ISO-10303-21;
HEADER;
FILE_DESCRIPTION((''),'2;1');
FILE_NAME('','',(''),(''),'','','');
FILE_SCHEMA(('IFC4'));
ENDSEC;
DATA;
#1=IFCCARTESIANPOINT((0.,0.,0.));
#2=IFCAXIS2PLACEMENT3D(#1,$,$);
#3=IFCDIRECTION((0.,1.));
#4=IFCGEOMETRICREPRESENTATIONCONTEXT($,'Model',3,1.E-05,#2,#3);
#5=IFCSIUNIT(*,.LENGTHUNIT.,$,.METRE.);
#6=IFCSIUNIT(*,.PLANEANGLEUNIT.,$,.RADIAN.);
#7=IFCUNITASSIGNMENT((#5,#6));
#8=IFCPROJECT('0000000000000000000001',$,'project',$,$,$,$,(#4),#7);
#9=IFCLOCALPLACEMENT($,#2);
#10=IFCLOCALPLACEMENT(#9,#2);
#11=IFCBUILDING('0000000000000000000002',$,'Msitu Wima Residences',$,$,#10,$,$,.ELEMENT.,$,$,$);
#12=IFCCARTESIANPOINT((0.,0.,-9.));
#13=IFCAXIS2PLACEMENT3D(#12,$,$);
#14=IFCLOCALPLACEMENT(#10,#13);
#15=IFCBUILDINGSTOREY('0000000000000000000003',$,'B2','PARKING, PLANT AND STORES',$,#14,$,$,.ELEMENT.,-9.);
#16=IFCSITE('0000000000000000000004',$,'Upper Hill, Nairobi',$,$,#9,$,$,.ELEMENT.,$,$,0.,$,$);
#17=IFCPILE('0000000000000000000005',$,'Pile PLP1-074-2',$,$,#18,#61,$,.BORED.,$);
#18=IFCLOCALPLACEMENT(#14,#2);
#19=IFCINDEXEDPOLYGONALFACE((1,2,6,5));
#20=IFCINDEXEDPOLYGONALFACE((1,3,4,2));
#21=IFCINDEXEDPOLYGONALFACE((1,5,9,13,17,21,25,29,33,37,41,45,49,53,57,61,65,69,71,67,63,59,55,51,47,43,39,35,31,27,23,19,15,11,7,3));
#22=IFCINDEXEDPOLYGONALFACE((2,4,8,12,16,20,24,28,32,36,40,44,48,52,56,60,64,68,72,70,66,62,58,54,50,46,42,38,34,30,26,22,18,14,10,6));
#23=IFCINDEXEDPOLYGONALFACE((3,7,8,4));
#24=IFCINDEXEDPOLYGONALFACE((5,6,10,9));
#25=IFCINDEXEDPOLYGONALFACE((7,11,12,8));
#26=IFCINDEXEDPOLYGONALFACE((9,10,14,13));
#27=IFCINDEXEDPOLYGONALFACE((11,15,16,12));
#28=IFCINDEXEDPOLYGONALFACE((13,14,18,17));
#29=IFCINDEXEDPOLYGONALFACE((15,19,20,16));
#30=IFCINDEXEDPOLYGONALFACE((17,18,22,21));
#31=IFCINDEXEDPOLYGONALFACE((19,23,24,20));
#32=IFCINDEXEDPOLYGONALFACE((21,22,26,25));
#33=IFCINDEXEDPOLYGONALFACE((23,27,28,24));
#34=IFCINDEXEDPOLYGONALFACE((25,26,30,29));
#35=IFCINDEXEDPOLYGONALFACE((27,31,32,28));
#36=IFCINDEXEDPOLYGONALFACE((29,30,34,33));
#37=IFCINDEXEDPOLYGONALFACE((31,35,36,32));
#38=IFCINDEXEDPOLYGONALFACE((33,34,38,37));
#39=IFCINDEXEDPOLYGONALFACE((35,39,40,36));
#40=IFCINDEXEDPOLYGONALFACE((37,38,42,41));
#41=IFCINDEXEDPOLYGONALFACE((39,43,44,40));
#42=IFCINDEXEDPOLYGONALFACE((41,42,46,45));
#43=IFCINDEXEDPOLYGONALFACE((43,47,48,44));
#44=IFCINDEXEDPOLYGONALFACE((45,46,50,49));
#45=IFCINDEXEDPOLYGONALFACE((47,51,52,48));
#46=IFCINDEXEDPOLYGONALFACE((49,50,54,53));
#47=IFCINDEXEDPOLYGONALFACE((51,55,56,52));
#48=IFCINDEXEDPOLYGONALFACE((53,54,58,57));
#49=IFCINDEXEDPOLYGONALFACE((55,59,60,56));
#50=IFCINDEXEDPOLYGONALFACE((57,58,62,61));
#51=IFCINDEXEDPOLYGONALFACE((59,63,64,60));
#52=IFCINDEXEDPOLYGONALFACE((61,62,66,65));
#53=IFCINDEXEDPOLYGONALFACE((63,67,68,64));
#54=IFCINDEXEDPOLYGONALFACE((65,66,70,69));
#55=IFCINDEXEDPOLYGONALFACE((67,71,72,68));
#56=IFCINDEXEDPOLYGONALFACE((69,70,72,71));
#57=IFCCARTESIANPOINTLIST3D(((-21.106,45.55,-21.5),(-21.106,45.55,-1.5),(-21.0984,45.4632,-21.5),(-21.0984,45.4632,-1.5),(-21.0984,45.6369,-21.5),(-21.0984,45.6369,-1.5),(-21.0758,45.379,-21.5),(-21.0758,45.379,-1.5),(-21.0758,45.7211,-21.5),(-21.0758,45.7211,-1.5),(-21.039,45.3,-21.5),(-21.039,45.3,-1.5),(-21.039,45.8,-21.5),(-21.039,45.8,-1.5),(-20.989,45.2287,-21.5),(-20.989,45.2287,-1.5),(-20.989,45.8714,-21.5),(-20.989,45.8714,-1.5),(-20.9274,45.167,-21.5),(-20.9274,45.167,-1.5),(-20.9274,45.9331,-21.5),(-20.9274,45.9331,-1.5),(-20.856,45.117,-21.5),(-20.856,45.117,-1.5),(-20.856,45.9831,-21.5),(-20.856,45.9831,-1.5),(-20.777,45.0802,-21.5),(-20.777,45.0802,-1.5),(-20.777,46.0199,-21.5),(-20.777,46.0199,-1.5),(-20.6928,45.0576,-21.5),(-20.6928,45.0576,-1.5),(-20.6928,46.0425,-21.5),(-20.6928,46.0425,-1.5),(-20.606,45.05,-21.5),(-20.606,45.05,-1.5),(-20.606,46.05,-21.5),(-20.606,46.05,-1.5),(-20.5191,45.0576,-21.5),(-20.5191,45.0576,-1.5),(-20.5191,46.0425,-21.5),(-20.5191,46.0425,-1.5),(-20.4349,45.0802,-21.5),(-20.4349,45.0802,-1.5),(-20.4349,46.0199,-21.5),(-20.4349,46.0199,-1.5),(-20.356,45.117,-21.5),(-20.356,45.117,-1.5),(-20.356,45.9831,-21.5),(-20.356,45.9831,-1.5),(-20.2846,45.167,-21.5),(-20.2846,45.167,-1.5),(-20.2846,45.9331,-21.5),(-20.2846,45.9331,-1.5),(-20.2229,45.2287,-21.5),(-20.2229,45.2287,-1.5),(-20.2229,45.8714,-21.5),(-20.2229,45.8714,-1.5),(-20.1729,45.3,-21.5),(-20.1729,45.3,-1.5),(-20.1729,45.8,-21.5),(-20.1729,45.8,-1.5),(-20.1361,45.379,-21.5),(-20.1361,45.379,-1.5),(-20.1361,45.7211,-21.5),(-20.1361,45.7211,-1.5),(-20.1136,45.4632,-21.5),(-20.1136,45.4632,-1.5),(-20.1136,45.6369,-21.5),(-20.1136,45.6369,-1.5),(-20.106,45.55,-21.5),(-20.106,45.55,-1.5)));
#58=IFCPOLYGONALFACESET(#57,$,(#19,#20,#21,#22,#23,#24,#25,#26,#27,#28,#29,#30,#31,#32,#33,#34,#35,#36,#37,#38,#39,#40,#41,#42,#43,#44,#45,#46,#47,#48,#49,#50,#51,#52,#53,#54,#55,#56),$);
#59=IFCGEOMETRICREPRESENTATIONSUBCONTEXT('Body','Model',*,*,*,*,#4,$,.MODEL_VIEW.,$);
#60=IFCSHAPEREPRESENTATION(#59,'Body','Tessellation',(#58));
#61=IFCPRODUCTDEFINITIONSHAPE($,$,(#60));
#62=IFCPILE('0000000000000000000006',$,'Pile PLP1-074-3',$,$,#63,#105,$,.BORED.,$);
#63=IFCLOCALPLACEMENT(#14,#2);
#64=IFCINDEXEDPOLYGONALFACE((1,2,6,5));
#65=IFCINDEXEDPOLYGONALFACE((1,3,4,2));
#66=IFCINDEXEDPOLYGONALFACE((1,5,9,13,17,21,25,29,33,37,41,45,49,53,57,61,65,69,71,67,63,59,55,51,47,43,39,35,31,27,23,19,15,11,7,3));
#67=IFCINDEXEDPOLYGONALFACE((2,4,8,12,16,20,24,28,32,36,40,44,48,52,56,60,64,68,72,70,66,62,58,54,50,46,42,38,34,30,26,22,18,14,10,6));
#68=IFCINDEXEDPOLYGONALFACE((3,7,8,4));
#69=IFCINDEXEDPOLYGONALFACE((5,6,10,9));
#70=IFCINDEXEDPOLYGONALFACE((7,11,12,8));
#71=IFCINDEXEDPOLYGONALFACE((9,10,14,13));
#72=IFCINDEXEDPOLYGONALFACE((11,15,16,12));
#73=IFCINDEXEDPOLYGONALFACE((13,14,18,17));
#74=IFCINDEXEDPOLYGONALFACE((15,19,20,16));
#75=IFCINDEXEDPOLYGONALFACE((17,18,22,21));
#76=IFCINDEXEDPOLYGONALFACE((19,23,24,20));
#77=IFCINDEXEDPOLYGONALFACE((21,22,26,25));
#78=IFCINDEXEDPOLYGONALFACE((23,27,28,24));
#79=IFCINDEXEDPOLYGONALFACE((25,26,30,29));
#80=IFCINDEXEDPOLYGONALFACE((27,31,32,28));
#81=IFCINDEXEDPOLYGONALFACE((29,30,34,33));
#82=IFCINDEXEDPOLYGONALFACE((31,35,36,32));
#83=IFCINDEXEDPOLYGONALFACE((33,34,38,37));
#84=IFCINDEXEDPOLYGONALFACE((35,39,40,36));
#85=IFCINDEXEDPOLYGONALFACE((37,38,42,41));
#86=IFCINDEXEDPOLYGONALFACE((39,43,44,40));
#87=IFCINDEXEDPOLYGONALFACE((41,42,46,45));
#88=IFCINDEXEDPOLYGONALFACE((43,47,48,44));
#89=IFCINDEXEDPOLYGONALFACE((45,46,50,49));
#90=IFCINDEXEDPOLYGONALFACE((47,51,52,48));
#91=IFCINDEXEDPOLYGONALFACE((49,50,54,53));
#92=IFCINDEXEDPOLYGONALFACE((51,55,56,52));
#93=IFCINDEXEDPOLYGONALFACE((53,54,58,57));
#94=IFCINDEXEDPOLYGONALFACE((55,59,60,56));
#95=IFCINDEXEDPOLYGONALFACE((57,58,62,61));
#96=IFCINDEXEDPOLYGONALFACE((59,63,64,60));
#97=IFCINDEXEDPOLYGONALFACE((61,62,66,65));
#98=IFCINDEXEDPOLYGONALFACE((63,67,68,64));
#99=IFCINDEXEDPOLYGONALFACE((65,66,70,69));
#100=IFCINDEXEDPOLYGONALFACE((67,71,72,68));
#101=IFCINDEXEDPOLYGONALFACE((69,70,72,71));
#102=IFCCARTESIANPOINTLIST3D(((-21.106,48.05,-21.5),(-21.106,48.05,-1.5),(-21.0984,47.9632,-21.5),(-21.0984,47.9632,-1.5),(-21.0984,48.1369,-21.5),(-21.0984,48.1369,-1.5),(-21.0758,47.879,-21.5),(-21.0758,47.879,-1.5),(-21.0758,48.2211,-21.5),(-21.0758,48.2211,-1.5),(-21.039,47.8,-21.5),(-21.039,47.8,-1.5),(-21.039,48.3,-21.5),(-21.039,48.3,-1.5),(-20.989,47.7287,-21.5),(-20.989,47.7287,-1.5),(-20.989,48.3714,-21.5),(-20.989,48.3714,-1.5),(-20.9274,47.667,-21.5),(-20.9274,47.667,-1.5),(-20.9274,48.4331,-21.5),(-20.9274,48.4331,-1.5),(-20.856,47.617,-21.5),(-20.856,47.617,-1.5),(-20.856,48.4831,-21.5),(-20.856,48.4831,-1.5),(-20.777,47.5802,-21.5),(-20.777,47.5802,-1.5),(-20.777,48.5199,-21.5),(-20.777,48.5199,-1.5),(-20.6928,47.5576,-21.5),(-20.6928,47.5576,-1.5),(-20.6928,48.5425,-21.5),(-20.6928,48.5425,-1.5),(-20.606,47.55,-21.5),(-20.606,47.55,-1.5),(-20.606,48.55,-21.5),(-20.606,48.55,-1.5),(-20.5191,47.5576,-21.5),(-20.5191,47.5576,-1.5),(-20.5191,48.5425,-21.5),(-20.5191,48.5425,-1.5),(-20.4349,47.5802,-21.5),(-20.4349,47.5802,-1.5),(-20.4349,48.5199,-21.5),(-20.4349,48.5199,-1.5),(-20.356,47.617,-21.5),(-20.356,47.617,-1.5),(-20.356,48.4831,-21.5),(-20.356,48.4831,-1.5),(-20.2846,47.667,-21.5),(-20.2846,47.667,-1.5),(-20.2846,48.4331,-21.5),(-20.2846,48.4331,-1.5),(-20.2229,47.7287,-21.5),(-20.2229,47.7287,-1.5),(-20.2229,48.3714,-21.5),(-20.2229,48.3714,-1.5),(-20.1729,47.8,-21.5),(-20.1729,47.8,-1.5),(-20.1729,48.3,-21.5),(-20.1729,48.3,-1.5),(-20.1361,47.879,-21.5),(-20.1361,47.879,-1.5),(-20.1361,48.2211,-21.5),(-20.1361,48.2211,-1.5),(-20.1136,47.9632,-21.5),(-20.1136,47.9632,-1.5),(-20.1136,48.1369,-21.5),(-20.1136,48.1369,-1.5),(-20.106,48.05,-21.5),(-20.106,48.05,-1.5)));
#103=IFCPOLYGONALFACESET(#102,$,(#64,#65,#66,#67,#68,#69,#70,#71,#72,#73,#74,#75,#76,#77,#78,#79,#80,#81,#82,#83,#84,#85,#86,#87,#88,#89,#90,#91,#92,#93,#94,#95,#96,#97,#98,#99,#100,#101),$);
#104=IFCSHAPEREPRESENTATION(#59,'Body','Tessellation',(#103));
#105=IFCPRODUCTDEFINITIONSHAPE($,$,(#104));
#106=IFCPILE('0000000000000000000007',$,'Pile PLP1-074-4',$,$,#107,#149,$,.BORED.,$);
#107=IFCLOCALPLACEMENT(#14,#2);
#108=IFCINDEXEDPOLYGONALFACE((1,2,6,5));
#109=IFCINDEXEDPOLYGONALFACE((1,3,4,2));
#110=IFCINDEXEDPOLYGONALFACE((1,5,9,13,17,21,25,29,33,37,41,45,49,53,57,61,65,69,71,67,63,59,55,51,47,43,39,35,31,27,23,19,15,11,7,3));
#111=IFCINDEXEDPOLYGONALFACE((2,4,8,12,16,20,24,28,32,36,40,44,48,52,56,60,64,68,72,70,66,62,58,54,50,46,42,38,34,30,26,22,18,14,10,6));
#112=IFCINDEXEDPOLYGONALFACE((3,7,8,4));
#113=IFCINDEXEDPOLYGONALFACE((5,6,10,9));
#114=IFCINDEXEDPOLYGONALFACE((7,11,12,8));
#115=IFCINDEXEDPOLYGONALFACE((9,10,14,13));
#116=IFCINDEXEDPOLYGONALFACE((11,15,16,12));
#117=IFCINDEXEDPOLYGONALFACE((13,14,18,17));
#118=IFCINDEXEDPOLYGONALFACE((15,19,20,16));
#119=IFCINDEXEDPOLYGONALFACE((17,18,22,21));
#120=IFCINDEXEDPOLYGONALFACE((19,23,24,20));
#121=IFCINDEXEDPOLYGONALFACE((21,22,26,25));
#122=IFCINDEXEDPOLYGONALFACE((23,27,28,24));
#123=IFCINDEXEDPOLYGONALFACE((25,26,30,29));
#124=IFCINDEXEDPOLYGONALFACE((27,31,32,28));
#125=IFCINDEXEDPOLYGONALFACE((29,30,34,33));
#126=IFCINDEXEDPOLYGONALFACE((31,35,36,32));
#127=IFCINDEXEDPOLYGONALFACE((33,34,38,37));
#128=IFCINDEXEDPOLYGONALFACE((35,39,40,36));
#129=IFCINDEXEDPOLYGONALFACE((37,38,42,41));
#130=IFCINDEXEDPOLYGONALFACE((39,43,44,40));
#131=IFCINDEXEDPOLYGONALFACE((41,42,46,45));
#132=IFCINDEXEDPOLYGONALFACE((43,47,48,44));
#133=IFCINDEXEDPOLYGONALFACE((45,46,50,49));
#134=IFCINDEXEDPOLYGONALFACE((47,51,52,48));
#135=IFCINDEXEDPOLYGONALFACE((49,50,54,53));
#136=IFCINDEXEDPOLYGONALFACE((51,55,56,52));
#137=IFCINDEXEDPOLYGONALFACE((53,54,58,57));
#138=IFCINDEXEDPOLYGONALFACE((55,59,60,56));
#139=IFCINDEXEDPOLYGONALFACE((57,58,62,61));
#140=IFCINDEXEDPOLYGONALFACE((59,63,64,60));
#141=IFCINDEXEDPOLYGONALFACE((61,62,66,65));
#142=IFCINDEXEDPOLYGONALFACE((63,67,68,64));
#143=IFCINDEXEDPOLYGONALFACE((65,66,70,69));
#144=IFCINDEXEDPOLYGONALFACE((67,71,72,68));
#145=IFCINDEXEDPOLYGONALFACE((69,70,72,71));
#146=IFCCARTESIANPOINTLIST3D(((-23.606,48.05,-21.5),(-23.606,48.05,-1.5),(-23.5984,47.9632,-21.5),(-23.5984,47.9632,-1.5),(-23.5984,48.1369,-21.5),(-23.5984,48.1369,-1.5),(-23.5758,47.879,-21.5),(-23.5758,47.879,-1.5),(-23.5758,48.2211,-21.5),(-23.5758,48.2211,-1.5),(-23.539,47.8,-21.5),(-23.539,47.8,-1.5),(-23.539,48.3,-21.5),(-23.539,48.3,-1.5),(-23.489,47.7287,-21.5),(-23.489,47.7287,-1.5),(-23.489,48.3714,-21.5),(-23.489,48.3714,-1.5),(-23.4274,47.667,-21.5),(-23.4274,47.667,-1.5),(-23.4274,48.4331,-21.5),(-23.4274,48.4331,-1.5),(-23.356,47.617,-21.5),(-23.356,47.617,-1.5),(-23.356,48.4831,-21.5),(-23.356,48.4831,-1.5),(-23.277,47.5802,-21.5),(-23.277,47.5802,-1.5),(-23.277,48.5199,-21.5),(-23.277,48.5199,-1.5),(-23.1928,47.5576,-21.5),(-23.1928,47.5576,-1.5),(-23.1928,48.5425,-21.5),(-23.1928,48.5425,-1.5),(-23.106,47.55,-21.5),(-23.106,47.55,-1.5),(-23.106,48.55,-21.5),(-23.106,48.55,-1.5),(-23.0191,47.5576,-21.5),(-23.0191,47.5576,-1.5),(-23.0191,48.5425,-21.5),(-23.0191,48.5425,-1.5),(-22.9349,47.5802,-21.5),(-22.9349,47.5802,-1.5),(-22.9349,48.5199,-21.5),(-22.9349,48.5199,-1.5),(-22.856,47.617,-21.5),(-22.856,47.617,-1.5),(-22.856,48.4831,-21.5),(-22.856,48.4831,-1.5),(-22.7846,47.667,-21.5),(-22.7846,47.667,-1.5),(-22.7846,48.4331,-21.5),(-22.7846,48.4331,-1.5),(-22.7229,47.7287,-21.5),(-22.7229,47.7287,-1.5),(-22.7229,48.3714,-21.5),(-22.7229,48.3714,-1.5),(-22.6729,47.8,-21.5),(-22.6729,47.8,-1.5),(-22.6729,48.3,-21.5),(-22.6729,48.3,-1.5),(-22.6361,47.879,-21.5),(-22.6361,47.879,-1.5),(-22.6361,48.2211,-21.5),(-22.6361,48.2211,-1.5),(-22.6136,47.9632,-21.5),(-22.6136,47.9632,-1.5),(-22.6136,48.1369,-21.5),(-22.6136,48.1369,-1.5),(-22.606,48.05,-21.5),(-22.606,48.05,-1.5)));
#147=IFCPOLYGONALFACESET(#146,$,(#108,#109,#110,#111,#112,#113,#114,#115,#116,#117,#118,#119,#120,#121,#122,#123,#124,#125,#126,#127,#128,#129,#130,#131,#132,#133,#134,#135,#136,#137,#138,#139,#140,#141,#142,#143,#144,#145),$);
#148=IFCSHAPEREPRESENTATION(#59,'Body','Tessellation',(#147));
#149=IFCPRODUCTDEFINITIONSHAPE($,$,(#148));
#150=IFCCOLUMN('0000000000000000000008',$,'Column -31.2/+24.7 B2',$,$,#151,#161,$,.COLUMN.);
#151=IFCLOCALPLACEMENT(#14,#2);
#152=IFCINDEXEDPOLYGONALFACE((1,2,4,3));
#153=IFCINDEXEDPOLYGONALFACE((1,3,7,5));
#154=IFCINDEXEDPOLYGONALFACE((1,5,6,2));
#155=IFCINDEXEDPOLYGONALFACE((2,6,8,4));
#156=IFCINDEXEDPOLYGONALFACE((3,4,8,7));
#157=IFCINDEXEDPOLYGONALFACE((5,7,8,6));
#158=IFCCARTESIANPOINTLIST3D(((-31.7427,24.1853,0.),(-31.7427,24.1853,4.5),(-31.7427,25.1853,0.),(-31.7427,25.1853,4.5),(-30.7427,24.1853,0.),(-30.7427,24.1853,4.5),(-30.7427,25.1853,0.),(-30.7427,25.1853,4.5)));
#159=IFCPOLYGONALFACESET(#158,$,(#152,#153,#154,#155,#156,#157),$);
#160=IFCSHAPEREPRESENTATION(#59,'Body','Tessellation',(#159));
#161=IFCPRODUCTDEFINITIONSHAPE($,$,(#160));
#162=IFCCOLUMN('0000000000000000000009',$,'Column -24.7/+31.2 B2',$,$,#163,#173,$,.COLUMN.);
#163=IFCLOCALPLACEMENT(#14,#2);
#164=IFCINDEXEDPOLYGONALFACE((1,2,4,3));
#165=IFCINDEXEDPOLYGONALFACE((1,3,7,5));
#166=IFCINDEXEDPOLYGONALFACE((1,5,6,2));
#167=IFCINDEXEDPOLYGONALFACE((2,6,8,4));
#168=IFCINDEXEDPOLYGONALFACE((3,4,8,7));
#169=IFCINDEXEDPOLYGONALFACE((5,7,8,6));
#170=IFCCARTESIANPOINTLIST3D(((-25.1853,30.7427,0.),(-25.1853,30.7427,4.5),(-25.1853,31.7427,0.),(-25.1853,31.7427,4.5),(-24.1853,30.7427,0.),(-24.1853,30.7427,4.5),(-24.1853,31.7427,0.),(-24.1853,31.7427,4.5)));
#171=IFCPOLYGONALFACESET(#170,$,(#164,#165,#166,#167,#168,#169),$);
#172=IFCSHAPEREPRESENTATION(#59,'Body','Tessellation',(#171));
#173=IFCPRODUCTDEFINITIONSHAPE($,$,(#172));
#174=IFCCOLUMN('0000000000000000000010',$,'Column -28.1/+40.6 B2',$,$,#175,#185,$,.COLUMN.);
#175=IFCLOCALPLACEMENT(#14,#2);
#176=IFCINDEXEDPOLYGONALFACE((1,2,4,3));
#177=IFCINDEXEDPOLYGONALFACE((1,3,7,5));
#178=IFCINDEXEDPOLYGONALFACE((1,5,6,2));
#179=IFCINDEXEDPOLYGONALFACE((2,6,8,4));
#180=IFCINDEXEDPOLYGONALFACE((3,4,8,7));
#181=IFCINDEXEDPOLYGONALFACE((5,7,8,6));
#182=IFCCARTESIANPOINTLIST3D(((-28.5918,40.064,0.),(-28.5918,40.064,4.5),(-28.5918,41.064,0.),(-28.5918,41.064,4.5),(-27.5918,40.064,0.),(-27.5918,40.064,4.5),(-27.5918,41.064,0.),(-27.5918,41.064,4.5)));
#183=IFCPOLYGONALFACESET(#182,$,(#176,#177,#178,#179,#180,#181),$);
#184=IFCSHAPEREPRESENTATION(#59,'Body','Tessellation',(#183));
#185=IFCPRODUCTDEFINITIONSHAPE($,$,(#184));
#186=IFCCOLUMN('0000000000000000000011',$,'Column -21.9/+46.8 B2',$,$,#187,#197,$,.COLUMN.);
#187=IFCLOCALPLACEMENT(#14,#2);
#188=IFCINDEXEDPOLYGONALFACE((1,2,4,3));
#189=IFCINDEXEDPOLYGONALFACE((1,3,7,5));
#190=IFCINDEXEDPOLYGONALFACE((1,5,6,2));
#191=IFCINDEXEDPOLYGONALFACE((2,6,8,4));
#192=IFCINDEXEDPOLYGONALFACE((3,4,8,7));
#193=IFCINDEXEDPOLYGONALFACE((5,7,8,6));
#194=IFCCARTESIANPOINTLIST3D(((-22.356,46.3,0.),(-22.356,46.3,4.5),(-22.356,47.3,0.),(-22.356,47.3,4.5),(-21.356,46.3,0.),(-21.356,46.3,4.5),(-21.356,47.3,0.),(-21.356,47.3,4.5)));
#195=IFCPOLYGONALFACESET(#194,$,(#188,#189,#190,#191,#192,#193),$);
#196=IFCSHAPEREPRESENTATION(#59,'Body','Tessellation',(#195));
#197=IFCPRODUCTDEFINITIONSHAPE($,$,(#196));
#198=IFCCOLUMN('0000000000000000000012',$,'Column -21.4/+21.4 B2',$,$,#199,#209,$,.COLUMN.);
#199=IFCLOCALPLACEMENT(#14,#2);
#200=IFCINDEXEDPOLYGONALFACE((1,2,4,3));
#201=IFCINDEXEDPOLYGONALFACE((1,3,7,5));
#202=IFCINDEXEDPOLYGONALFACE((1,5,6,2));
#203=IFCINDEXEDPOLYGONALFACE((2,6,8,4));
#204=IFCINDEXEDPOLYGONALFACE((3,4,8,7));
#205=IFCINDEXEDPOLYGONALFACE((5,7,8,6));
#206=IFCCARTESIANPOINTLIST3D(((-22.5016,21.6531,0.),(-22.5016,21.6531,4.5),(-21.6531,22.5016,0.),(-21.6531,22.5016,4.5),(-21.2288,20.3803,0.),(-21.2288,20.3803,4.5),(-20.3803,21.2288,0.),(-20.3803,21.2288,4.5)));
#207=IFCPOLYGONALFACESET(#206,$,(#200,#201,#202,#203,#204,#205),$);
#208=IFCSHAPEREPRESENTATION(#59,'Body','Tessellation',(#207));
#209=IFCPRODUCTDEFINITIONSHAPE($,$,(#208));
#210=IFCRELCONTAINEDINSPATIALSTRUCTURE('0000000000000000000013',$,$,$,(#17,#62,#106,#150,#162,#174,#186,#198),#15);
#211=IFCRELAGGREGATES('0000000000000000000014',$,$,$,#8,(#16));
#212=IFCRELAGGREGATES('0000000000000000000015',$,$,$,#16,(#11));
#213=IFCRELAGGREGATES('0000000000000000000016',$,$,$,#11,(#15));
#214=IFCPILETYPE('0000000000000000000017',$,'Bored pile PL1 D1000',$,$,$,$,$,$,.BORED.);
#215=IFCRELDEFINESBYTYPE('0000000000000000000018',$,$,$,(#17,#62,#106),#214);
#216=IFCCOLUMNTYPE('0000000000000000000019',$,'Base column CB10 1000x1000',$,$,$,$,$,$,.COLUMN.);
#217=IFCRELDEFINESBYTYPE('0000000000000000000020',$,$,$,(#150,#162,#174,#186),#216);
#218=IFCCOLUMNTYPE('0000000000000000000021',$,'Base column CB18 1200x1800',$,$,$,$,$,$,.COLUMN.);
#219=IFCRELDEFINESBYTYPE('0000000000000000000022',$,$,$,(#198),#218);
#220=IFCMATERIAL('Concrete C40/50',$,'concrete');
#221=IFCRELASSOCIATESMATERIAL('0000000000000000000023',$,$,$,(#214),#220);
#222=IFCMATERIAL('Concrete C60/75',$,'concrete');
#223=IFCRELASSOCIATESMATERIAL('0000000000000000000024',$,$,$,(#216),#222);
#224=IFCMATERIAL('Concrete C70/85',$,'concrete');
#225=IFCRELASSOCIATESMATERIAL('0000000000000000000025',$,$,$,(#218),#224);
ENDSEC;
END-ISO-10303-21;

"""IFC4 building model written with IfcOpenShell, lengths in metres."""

from ifc_helpers import new_model, si_unit, direction, frame, origin, origin_2d, place, context, subcontext, project, spatial, rectangle, circle, extrude, material, material_profile, profile_set, type_object, element, save


model = new_model("IFC4")

# Units and contexts
model_context = context("Model", 3, precision=1e-05, world=origin(), true_north=direction((0.0, 1.0)))
body_context = subcontext(model_context, "Body", "Model", "MODEL_VIEW")
ifc_project = project(units=[si_unit("LENGTHUNIT", "METRE"), si_unit("PLANEANGLEUNIT", "RADIAN")], contexts=[model_context])

# Site, building, storey
site_placement = place(None, origin())
site = spatial("IfcSite", under=ifc_project, at=site_placement, Name="Upper Hill, Nairobi", CompositionType="ELEMENT", RefElevation=0.0)
building_placement = place(site_placement, origin())
building = spatial("IfcBuilding", under=site, at=building_placement, Name="Msitu Wima Residences", CompositionType="ELEMENT")
storey_placement = place(building_placement, frame((0.0, 0.0, -9.0)))
storey = spatial("IfcBuildingStorey", under=building, at=storey_placement, Name="B2", Description="PARKING, PLANT AND STORES", CompositionType="ELEMENT", Elevation=-9.0)

# Piles
ifc_material_1 = material(Name="Concrete C40/50", Category="concrete")
pile_type_1 = type_object("IfcPileType", Name="Bored pile PL1 D1000", PredefinedType="BORED", material=ifc_material_1)
for number, where, z_axis, x_axis, name in (
    (1, (-20.606, 45.55, -1.5), (0.0, 0.0, -1.0), (1.0, 0.0, 0.0), "Pile PLP1-074-2"),
    (2, (-20.606, 48.05, -1.5), (0.0, 0.0, -1.0), (1.0, 0.0, 0.0), "Pile PLP1-074-3"),
    (3, (-23.106, 48.05, -1.5), (0.0, 0.0, -1.0), (1.0, 0.0, 0.0), "Pile PLP1-074-4"),
):
    element("IfcPile", number, at=place(storey_placement, frame(where, z_axis=z_axis, x_axis=x_axis)), inside=storey, type_object=pile_type_1, Name=name, PredefinedType="BORED", context=body_context, shape_type="SweptSolid", body=[
        extrude(circle(Radius=0.5, at=origin_2d()), origin(), (0.0, 0.0, 1.0), 20.0),
    ])

# Columns
ifc_material_2 = material(Name="Concrete C60/75", Category="concrete")
ifc_material_profile_1 = material_profile(ifc_material_2, rectangle(XDim=1.0, YDim=1.0, at=origin_2d()), Name="RC 1000x1000")
ifc_profile_set_1 = profile_set([ifc_material_profile_1], Name="Concrete C60/75")
column_type_1 = type_object("IfcColumnType", Name="Base column CB10 1000x1000", PredefinedType="COLUMN", material=ifc_profile_set_1)
for number, where, z_axis, x_axis, name in (
    (4, (-31.2427, 24.6853, 0.0), (0.0, 0.0, 1.0), (1.0, 0.0, 0.0), "Column -31.2/+24.7 B2"),
    (5, (-24.6853, 31.2427, 0.0), (0.0, 0.0, 1.0), (1.0, 0.0, 0.0), "Column -24.7/+31.2 B2"),
    (6, (-28.0918, 40.564, 0.0), (0.0, 0.0, 1.0), (1.0, 0.0, 0.0), "Column -28.1/+40.6 B2"),
    (7, (-21.856, 46.8, 0.0), (0.0, 0.0, 1.0), (1.0, 0.0, 0.0), "Column -21.9/+46.8 B2"),
):
    element("IfcColumn", number, at=place(storey_placement, frame(where, z_axis=z_axis, x_axis=x_axis)), inside=storey, type_object=column_type_1, Name=name, PredefinedType="COLUMN", context=body_context, shape_type="SweptSolid", body=[
        extrude(rectangle(XDim=1.0, YDim=1.0, at=origin_2d()), origin(), (0.0, 0.0, 1.0), 4.5),
    ])
ifc_material_3 = material(Name="Concrete C70/85", Category="concrete")
ifc_material_profile_2 = material_profile(ifc_material_3, rectangle(XDim=1.2, YDim=1.8, at=origin_2d()), Name="RC 1200x1800")
ifc_profile_set_2 = profile_set([ifc_material_profile_2], Name="Concrete C70/85")
column_type_2 = type_object("IfcColumnType", Name="Base column CB18 1200x1800", PredefinedType="COLUMN", material=ifc_profile_set_2)
column_placement = place(storey_placement, frame((-21.4409, 21.4409, 0.0), z_axis=(0.0, 0.0, 1.0), x_axis=(-0.707107, -0.707107, 0.0)))
element("IfcColumn", 8, at=column_placement, inside=storey, type_object=column_type_2, Name="Column -21.4/+21.4 B2", PredefinedType="COLUMN", context=body_context, shape_type="SweptSolid", body=[
    extrude(rectangle(XDim=1.2, YDim=1.8, at=origin_2d()), origin(), (0.0, 0.0, 1.0), 4.5),
])

save(model, "model.ifc")
